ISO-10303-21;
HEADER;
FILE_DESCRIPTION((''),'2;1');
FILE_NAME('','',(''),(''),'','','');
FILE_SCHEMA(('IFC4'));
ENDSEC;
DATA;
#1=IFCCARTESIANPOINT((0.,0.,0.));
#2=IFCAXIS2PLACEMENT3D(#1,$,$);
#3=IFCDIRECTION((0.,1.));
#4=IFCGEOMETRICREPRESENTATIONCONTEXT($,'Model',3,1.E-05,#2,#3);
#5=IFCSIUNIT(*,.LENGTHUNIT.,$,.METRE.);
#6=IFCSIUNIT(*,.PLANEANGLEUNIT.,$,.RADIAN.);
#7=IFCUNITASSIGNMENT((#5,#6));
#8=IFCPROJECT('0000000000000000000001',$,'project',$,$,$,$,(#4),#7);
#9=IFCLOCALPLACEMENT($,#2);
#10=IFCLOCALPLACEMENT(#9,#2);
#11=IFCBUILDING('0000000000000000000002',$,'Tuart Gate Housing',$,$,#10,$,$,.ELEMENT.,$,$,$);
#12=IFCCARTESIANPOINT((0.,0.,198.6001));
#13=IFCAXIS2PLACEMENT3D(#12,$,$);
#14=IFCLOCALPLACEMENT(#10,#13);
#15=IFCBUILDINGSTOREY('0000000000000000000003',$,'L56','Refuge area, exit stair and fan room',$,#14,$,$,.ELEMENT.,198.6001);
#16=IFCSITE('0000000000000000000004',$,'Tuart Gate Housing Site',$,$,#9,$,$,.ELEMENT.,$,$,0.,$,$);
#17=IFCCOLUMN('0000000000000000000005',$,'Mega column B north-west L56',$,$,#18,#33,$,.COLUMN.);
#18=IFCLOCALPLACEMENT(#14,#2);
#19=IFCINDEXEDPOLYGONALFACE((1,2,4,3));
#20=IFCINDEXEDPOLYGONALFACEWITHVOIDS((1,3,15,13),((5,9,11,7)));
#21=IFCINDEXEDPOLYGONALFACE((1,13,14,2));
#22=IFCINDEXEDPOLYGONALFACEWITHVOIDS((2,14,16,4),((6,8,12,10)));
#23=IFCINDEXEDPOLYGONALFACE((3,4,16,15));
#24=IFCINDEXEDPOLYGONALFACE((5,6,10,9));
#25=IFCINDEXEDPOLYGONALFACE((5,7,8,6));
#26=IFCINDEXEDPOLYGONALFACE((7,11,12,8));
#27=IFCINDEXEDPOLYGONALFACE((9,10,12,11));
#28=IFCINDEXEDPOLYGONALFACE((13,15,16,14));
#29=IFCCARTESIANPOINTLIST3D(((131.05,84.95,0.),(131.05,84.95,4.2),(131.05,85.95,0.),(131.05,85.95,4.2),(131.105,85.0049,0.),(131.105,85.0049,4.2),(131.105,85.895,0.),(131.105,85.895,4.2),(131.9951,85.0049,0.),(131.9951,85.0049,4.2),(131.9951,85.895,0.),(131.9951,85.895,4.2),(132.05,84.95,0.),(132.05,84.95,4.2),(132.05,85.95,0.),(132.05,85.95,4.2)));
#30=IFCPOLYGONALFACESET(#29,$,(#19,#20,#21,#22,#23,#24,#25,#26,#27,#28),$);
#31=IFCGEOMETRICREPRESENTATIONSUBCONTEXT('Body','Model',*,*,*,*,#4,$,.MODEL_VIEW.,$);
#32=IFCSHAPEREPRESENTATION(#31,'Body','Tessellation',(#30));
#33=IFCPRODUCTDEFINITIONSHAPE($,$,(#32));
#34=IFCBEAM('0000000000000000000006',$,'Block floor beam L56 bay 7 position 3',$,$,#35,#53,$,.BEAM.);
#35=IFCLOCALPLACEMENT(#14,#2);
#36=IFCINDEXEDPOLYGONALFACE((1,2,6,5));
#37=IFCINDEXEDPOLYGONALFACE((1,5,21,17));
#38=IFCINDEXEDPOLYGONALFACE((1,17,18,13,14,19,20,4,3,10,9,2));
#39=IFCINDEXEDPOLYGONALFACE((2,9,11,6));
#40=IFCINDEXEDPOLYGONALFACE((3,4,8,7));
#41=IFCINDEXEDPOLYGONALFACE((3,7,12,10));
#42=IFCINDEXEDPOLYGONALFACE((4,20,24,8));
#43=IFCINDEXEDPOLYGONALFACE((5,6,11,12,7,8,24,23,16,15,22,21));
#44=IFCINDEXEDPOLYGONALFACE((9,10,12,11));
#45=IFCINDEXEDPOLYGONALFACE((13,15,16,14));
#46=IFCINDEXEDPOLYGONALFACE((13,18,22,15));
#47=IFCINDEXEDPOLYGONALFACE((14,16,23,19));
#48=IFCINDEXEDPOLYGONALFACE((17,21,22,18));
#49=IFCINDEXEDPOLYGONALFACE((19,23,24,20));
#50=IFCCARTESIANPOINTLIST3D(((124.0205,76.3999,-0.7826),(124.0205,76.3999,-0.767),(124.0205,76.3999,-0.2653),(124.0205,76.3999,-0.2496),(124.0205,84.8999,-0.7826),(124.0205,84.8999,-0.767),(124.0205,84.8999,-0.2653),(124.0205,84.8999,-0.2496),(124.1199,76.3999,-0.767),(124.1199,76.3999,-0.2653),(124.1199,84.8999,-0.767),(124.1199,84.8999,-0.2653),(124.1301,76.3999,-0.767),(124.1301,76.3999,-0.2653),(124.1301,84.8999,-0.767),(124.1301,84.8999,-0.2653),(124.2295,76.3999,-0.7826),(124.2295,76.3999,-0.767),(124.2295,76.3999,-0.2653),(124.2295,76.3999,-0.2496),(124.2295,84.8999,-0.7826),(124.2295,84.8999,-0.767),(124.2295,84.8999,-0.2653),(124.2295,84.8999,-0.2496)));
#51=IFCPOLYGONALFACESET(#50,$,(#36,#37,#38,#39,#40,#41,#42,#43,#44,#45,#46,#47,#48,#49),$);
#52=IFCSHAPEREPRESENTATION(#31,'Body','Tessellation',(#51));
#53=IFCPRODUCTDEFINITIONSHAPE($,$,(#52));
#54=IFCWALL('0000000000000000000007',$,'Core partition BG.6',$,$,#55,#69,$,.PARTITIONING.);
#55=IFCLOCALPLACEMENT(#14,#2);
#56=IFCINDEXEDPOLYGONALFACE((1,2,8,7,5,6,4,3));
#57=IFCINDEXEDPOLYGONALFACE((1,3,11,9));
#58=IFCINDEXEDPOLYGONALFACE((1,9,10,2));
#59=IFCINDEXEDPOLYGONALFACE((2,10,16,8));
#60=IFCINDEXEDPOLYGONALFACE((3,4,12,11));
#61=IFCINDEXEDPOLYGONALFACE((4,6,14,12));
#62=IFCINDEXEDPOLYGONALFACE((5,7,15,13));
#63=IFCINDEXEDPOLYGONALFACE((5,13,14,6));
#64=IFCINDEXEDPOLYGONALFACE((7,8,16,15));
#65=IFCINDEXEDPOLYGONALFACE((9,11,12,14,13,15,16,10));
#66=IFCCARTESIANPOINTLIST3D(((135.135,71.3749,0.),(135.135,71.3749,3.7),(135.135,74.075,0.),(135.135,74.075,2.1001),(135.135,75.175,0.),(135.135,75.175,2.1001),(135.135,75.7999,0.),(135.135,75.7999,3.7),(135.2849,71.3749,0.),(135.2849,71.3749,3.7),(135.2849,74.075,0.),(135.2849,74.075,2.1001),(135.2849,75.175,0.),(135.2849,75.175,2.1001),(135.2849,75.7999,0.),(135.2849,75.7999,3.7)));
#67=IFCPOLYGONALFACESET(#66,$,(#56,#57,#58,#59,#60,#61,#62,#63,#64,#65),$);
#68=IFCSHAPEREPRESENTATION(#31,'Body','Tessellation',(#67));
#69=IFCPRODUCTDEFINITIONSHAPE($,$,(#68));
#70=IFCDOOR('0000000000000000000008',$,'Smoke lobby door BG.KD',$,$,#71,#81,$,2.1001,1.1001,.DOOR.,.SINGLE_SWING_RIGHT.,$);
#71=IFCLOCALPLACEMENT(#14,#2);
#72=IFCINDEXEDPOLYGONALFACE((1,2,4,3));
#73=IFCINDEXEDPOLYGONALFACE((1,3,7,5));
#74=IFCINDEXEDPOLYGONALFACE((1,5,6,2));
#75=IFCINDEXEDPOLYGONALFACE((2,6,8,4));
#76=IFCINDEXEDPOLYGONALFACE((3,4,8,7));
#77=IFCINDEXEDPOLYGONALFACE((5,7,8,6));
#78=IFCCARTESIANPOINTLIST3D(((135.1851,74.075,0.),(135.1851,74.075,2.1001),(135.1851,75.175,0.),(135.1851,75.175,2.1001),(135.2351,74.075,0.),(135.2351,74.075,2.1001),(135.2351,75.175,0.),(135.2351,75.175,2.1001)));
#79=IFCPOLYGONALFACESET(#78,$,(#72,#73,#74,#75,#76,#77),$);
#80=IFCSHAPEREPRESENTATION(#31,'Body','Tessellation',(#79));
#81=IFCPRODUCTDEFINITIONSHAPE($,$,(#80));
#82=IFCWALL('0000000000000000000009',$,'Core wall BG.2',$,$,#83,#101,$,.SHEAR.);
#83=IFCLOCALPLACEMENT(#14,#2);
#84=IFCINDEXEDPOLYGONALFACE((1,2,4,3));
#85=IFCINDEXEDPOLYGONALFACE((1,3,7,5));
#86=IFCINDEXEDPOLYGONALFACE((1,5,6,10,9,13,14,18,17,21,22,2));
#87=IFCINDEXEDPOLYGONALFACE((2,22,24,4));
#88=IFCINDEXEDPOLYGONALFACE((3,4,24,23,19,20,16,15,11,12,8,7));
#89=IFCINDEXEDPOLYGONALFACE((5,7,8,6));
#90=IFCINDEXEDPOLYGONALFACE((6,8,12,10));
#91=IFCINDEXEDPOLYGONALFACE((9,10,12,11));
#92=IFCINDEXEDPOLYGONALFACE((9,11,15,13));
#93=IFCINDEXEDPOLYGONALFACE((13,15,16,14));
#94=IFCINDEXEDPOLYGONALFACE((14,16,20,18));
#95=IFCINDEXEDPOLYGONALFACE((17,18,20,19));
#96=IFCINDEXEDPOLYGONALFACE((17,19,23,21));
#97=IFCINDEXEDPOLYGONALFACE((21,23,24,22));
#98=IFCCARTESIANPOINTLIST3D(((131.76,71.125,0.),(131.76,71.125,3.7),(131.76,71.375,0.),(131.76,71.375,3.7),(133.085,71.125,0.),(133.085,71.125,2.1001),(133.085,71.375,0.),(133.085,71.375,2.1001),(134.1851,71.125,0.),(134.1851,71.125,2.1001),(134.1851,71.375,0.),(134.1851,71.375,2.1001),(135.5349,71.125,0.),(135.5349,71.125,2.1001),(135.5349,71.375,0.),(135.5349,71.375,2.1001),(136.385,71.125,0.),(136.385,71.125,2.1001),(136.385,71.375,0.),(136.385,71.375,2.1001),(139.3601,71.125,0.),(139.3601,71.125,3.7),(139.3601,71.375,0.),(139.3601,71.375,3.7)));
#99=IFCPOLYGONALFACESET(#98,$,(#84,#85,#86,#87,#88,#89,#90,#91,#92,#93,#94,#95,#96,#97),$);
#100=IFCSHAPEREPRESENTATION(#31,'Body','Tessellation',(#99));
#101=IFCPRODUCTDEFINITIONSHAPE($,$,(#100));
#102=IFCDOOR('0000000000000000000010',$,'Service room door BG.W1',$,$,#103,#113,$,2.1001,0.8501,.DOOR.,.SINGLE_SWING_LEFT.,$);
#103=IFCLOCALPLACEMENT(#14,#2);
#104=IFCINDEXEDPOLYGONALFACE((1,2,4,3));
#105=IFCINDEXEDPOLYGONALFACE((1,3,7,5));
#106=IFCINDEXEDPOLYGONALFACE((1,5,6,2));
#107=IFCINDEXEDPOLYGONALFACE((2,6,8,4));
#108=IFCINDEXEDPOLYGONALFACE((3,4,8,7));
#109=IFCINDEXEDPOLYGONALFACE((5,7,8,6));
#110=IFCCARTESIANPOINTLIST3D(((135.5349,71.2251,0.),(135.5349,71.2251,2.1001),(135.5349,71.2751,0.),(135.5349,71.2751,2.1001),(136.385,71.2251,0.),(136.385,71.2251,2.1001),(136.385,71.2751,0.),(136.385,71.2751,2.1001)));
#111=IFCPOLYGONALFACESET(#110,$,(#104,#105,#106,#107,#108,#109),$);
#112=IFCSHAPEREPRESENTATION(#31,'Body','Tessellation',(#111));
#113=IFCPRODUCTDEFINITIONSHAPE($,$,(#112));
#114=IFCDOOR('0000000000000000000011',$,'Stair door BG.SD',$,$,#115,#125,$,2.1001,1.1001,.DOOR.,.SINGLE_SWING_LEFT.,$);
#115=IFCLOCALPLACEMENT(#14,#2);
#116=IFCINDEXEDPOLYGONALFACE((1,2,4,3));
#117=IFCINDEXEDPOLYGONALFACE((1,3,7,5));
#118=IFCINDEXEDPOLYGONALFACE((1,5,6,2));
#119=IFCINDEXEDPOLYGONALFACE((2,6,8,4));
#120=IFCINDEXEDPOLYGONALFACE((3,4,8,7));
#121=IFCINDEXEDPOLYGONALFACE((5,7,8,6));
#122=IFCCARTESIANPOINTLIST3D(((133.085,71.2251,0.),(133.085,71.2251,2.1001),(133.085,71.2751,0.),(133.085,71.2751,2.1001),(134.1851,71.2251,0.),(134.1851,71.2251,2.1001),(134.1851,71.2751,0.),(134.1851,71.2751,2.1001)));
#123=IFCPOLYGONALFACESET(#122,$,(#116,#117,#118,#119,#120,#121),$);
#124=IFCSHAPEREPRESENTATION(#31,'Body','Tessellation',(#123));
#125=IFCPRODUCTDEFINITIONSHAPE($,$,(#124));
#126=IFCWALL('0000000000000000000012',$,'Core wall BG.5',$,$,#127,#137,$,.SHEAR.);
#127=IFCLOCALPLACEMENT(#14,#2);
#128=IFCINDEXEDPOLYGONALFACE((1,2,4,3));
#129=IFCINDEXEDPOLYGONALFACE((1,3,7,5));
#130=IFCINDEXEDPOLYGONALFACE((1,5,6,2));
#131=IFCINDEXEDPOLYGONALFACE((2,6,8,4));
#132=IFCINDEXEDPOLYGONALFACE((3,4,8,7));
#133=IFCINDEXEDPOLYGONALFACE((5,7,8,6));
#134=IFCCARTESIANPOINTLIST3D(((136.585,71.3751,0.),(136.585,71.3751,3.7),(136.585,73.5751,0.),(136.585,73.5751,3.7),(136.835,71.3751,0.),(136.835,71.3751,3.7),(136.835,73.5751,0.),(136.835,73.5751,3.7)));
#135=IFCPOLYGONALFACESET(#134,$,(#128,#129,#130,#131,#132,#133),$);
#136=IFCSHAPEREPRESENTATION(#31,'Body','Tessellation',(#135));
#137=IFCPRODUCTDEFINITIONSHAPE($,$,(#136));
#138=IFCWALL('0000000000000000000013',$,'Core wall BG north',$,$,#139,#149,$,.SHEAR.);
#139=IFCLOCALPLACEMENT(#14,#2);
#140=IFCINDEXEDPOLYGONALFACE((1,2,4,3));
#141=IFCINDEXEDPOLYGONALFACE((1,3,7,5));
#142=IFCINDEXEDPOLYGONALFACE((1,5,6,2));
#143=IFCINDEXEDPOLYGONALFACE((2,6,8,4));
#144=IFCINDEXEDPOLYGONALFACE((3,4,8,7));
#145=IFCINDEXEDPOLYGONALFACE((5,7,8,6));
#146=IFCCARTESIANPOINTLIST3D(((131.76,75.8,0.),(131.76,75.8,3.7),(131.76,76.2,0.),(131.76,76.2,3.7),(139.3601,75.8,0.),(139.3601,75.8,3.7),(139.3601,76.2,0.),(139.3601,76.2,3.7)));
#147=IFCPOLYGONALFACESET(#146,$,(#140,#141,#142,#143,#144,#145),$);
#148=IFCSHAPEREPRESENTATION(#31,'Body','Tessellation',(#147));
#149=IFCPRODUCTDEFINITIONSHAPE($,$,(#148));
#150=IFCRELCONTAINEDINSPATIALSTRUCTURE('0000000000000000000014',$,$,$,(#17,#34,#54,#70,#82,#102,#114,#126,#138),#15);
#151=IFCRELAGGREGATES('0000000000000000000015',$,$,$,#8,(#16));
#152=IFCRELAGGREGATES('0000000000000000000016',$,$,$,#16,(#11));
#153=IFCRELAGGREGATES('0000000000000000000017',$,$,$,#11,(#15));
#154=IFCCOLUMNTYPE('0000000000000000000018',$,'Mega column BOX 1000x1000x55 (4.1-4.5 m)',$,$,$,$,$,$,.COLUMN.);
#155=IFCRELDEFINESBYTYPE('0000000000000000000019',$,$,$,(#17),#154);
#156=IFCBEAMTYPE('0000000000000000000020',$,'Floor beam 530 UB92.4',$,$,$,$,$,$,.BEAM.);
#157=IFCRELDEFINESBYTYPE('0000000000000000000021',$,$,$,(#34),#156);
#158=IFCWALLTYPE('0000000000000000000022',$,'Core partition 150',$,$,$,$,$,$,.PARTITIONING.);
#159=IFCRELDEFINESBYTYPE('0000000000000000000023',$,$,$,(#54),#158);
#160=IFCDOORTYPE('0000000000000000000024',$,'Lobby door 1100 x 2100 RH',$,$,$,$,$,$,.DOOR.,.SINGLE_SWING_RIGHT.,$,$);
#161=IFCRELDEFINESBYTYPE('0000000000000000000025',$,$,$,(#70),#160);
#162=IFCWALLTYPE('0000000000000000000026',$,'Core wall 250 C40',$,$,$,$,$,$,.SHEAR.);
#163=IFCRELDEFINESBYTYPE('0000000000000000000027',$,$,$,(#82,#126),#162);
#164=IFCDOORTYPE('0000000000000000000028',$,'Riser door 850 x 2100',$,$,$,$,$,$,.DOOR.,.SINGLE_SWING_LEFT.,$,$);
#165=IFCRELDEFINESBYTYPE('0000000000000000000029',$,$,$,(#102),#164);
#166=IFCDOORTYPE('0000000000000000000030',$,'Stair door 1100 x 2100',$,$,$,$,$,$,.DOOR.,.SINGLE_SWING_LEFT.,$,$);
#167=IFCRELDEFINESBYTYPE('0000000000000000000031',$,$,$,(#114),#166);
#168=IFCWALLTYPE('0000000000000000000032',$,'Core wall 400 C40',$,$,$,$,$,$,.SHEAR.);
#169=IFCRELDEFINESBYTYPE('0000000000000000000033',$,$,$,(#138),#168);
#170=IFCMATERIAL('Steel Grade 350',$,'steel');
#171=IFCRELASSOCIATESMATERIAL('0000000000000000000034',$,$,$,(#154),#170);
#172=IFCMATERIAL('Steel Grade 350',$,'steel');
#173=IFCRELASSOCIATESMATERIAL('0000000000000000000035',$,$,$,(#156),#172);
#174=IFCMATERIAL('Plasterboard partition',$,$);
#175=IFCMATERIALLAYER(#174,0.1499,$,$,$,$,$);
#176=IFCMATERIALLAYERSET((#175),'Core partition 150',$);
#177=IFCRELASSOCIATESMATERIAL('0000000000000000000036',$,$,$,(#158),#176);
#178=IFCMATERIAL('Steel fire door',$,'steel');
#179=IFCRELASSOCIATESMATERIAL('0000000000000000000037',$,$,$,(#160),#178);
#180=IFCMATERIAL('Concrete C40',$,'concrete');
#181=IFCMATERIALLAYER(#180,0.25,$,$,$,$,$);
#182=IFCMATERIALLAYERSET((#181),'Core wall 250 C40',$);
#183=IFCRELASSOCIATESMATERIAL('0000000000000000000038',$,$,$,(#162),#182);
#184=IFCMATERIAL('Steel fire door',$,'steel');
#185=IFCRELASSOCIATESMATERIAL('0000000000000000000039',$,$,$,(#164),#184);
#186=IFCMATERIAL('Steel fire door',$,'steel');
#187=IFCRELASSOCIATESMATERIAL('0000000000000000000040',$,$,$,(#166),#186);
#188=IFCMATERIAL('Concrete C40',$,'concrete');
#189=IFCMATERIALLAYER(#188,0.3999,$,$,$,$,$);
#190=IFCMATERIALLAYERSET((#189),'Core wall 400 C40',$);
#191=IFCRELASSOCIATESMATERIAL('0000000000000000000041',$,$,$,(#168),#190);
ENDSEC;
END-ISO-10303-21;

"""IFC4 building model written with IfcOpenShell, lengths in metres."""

from ifc_helpers import new_model, si_unit, direction, frame, frame_2d, origin, origin_2d, place, context, subcontext, project, spatial, rectangle, hollow_rectangle, i_section, extrude, material, layer, layer_set, material_profile, profile_set, type_object, element, fill, save


model = new_model("IFC4")

# Units and contexts
model_context = context("Model", 3, precision=1e-05, world=origin(), true_north=direction((0.0, 1.0)))
body_context = subcontext(model_context, "Body", "Model", "MODEL_VIEW")
ifc_project = project(units=[si_unit("LENGTHUNIT", "METRE"), si_unit("PLANEANGLEUNIT", "RADIAN")], contexts=[model_context])

# Site, building, storey
site_placement = place(None, origin())
site = spatial("IfcSite", under=ifc_project, at=site_placement, Name="Tuart Gate Housing Site", CompositionType="ELEMENT", RefElevation=0.0)
building_placement = place(site_placement, origin())
building = spatial("IfcBuilding", under=site, at=building_placement, Name="Tuart Gate Housing", CompositionType="ELEMENT")
storey_placement = place(building_placement, frame((0.0, 0.0, 198.6001)))
storey = spatial("IfcBuildingStorey", under=building, at=storey_placement, Name="L56", Description="Refuge area, exit stair and fan room", CompositionType="ELEMENT", Elevation=198.6001)

# Column
ifc_material_1 = material(Name="Steel Grade 350", Category="steel")
ifc_material_profile_1 = material_profile(ifc_material_1, hollow_rectangle(XDim=1.0, YDim=1.0, WallThickness=0.0549, at=origin_2d()), Name="BOX 1000x1000x55")
ifc_profile_set_1 = profile_set([ifc_material_profile_1], Name="Steel Grade 350")
column_type = type_object("IfcColumnType", Name="Mega column BOX 1000x1000x55 (4.1-4.5 m)", PredefinedType="COLUMN", material=ifc_profile_set_1)
column_placement = place(storey_placement, frame((131.55, 85.45, 0.0), z_axis=(0.0, 0.0, 1.0), x_axis=(1.0, 0.0, 0.0)))
element("IfcColumn", 1, at=column_placement, inside=storey, type_object=column_type, Name="Mega column B north-west L56", PredefinedType="COLUMN", context=body_context, shape_type="SweptSolid", body=[
    extrude(hollow_rectangle(XDim=1.0, YDim=1.0, WallThickness=0.0549, at=origin_2d()), origin(), (0.0, 0.0, 1.0), 4.2),
])

# Beam
ifc_material_2 = material(Name="Steel Grade 350", Category="steel")
ifc_material_profile_2 = material_profile(ifc_material_2, i_section(OverallWidth=0.209, OverallDepth=0.533, WebThickness=0.0103, FlangeThickness=0.0156, at=origin_2d()), Name="530UB92.4")
ifc_profile_set_2 = profile_set([ifc_material_profile_2], Name="Steel Grade 350")
beam_type = type_object("IfcBeamType", Name="Floor beam 530 UB92.4", PredefinedType="BEAM", material=ifc_profile_set_2)
beam_placement = place(storey_placement, frame((124.125, 76.3999, -0.5161), z_axis=(0.0, 1.0, 0.0), x_axis=(-1.0, 0.0, 0.0)))
element("IfcBeam", 2, at=beam_placement, inside=storey, type_object=beam_type, Name="Block floor beam L56 bay 7 position 3", PredefinedType="BEAM", context=body_context, shape_type="SweptSolid", body=[
    extrude(i_section(OverallWidth=0.209, OverallDepth=0.533, WebThickness=0.0103, FlangeThickness=0.0156, at=origin_2d()), origin(), (0.0, 0.0, 1.0), 8.5),
])

# Wall, opening, door
ifc_material_3 = material(Name="Plasterboard partition")
ifc_layer_1 = layer(ifc_material_3, 0.1499)
ifc_layer_set_1 = layer_set([ifc_layer_1], Name="Core partition 150")
wall_type_1 = type_object("IfcWallType", Name="Core partition 150", PredefinedType="PARTITIONING", material=ifc_layer_set_1)
wall_1_placement = place(storey_placement, frame((135.21, 71.375, 0.0), z_axis=(0.0, 0.0, 1.0), x_axis=(0.0, 1.0, 0.0)))
wall_1 = element("IfcWall", 3, at=wall_1_placement, inside=storey, type_object=wall_type_1, Name="Core partition BG.6", PredefinedType="PARTITIONING", context=body_context, shape_type="SweptSolid", body=[
    extrude(rectangle(XDim=4.425, YDim=0.1499, at=frame_2d((2.2124, 0.0))), origin(), (0.0, 0.0, 1.0), 3.7),
])
opening_1_placement = place(wall_1_placement, frame((2.7, 0.0, 0.0)))
opening_1 = element("IfcOpeningElement", 4, at=opening_1_placement, cuts=wall_1, PredefinedType="OPENING", context=body_context, shape_type="SweptSolid", body=[
    extrude(rectangle(XDim=1.1001, YDim=2.1001, at=frame_2d((0.55, 1.05))), frame((0.0, 0.085, 0.0), z_axis=(0.0, -1.0, 0.0), x_axis=(1.0, 0.0, 0.0)), (0.0, 0.0, 1.0), 0.1699),
])
ifc_material_4 = material(Name="Steel fire door", Category="steel")
door_type_1 = type_object("IfcDoorType", Name="Lobby door 1100 x 2100 RH", OperationType="SINGLE_SWING_RIGHT", PredefinedType="DOOR", material=ifc_material_4)
door_1_placement = place(opening_1_placement, origin())
door_1 = element("IfcDoor", 5, at=door_1_placement, inside=storey, type_object=door_type_1, Name="Smoke lobby door BG.KD", OperationType="SINGLE_SWING_RIGHT", OverallHeight=2.1001, OverallWidth=1.1001, PredefinedType="DOOR", context=body_context, shape_type="SweptSolid", body=[
    extrude(rectangle(XDim=1.1001, YDim=2.1001, at=frame_2d((0.55, 1.05))), frame((0.0, 0.0249, 0.0), z_axis=(0.0, -1.0, 0.0), x_axis=(1.0, 0.0, 0.0)), (0.0, 0.0, 1.0), 0.05),
])
fill(opening_1, door_1)

# Wall, openings, doors
ifc_material_5 = material(Name="Concrete C40", Category="concrete")
ifc_layer_2 = layer(ifc_material_5, 0.25)
ifc_layer_set_2 = layer_set([ifc_layer_2], Name="Core wall 250 C40")
wall_type_2 = type_object("IfcWallType", Name="Core wall 250 C40", PredefinedType="SHEAR", material=ifc_layer_set_2)
wall_2_placement = place(storey_placement, frame((139.3601, 71.25, 0.0), z_axis=(0.0, 0.0, 1.0), x_axis=(-1.0, 0.0, 0.0)))
wall_2 = element("IfcWall", 6, at=wall_2_placement, inside=storey, type_object=wall_type_2, Name="Core wall BG.2", PredefinedType="SHEAR", context=body_context, shape_type="SweptSolid", body=[
    extrude(rectangle(XDim=7.6001, YDim=0.25, at=frame_2d((3.8, 0.0))), origin(), (0.0, 0.0, 1.0), 3.7),
])
opening_2_placement = place(wall_2_placement, frame((5.175, 0.0, 0.0)))
opening_2 = element("IfcOpeningElement", 7, at=opening_2_placement, cuts=wall_2, PredefinedType="OPENING", context=body_context, shape_type="SweptSolid", body=[
    extrude(rectangle(XDim=1.1001, YDim=2.1001, at=frame_2d((0.55, 1.05))), frame((0.0, 0.135, 0.0), z_axis=(0.0, -1.0, 0.0), x_axis=(1.0, 0.0, 0.0)), (0.0, 0.0, 1.0), 0.27),
])
opening_3_placement = place(wall_2_placement, frame((2.9751, 0.0, 0.0)))
opening_3 = element("IfcOpeningElement", 8, at=opening_3_placement, cuts=wall_2, PredefinedType="OPENING", context=body_context, shape_type="SweptSolid", body=[
    extrude(rectangle(XDim=0.8501, YDim=2.1001, at=frame_2d((0.425, 1.05))), frame((0.0, 0.135, 0.0), z_axis=(0.0, -1.0, 0.0), x_axis=(1.0, 0.0, 0.0)), (0.0, 0.0, 1.0), 0.27),
])
ifc_material_6 = material(Name="Steel fire door", Category="steel")
door_type_2 = type_object("IfcDoorType", Name="Riser door 850 x 2100", OperationType="SINGLE_SWING_LEFT", PredefinedType="DOOR", material=ifc_material_6)
door_2_placement = place(opening_3_placement, origin())
door_2 = element("IfcDoor", 9, at=door_2_placement, inside=storey, type_object=door_type_2, Name="Service room door BG.W1", OperationType="SINGLE_SWING_LEFT", OverallHeight=2.1001, OverallWidth=0.8501, PredefinedType="DOOR", context=body_context, shape_type="SweptSolid", body=[
    extrude(rectangle(XDim=0.8501, YDim=2.1001, at=frame_2d((0.425, 1.05))), frame((0.0, 0.0249, 0.0), z_axis=(0.0, -1.0, 0.0), x_axis=(1.0, 0.0, 0.0)), (0.0, 0.0, 1.0), 0.05),
])
fill(opening_3, door_2)
ifc_material_7 = material(Name="Steel fire door", Category="steel")
door_type_3 = type_object("IfcDoorType", Name="Stair door 1100 x 2100", OperationType="SINGLE_SWING_LEFT", PredefinedType="DOOR", material=ifc_material_7)
door_3_placement = place(opening_2_placement, origin())
door_3 = element("IfcDoor", 10, at=door_3_placement, inside=storey, type_object=door_type_3, Name="Stair door BG.SD", OperationType="SINGLE_SWING_LEFT", OverallHeight=2.1001, OverallWidth=1.1001, PredefinedType="DOOR", context=body_context, shape_type="SweptSolid", body=[
    extrude(rectangle(XDim=1.1001, YDim=2.1001, at=frame_2d((0.55, 1.05))), frame((0.0, 0.0249, 0.0), z_axis=(0.0, -1.0, 0.0), x_axis=(1.0, 0.0, 0.0)), (0.0, 0.0, 1.0), 0.05),
])
fill(opening_2, door_3)

# Walls
wall_3_placement = place(storey_placement, frame((136.71, 71.375, 0.0), z_axis=(0.0, 0.0, 1.0), x_axis=(0.0, 1.0, 0.0)))
element("IfcWall", 11, at=wall_3_placement, inside=storey, type_object=wall_type_2, Name="Core wall BG.5", PredefinedType="SHEAR", context=body_context, shape_type="SweptSolid", body=[
    extrude(rectangle(XDim=2.2, YDim=0.25, at=frame_2d((1.1001, 0.0))), origin(), (0.0, 0.0, 1.0), 3.7),
])
ifc_material_8 = material(Name="Concrete C40", Category="concrete")
ifc_layer_3 = layer(ifc_material_8, 0.3999)
ifc_layer_set_3 = layer_set([ifc_layer_3], Name="Core wall 400 C40")
wall_type_3 = type_object("IfcWallType", Name="Core wall 400 C40", PredefinedType="SHEAR", material=ifc_layer_set_3)
wall_4_placement = place(storey_placement, frame((139.3601, 76.0, 0.0), z_axis=(0.0, 0.0, 1.0), x_axis=(-1.0, 0.0, 0.0)))
element("IfcWall", 12, at=wall_4_placement, inside=storey, type_object=wall_type_3, Name="Core wall BG north", PredefinedType="SHEAR", context=body_context, shape_type="SweptSolid", body=[
    extrude(rectangle(XDim=7.6001, YDim=0.3999, at=frame_2d((3.8, 0.0))), origin(), (0.0, 0.0, 1.0), 3.7),
])

save(model, "model.ifc")
